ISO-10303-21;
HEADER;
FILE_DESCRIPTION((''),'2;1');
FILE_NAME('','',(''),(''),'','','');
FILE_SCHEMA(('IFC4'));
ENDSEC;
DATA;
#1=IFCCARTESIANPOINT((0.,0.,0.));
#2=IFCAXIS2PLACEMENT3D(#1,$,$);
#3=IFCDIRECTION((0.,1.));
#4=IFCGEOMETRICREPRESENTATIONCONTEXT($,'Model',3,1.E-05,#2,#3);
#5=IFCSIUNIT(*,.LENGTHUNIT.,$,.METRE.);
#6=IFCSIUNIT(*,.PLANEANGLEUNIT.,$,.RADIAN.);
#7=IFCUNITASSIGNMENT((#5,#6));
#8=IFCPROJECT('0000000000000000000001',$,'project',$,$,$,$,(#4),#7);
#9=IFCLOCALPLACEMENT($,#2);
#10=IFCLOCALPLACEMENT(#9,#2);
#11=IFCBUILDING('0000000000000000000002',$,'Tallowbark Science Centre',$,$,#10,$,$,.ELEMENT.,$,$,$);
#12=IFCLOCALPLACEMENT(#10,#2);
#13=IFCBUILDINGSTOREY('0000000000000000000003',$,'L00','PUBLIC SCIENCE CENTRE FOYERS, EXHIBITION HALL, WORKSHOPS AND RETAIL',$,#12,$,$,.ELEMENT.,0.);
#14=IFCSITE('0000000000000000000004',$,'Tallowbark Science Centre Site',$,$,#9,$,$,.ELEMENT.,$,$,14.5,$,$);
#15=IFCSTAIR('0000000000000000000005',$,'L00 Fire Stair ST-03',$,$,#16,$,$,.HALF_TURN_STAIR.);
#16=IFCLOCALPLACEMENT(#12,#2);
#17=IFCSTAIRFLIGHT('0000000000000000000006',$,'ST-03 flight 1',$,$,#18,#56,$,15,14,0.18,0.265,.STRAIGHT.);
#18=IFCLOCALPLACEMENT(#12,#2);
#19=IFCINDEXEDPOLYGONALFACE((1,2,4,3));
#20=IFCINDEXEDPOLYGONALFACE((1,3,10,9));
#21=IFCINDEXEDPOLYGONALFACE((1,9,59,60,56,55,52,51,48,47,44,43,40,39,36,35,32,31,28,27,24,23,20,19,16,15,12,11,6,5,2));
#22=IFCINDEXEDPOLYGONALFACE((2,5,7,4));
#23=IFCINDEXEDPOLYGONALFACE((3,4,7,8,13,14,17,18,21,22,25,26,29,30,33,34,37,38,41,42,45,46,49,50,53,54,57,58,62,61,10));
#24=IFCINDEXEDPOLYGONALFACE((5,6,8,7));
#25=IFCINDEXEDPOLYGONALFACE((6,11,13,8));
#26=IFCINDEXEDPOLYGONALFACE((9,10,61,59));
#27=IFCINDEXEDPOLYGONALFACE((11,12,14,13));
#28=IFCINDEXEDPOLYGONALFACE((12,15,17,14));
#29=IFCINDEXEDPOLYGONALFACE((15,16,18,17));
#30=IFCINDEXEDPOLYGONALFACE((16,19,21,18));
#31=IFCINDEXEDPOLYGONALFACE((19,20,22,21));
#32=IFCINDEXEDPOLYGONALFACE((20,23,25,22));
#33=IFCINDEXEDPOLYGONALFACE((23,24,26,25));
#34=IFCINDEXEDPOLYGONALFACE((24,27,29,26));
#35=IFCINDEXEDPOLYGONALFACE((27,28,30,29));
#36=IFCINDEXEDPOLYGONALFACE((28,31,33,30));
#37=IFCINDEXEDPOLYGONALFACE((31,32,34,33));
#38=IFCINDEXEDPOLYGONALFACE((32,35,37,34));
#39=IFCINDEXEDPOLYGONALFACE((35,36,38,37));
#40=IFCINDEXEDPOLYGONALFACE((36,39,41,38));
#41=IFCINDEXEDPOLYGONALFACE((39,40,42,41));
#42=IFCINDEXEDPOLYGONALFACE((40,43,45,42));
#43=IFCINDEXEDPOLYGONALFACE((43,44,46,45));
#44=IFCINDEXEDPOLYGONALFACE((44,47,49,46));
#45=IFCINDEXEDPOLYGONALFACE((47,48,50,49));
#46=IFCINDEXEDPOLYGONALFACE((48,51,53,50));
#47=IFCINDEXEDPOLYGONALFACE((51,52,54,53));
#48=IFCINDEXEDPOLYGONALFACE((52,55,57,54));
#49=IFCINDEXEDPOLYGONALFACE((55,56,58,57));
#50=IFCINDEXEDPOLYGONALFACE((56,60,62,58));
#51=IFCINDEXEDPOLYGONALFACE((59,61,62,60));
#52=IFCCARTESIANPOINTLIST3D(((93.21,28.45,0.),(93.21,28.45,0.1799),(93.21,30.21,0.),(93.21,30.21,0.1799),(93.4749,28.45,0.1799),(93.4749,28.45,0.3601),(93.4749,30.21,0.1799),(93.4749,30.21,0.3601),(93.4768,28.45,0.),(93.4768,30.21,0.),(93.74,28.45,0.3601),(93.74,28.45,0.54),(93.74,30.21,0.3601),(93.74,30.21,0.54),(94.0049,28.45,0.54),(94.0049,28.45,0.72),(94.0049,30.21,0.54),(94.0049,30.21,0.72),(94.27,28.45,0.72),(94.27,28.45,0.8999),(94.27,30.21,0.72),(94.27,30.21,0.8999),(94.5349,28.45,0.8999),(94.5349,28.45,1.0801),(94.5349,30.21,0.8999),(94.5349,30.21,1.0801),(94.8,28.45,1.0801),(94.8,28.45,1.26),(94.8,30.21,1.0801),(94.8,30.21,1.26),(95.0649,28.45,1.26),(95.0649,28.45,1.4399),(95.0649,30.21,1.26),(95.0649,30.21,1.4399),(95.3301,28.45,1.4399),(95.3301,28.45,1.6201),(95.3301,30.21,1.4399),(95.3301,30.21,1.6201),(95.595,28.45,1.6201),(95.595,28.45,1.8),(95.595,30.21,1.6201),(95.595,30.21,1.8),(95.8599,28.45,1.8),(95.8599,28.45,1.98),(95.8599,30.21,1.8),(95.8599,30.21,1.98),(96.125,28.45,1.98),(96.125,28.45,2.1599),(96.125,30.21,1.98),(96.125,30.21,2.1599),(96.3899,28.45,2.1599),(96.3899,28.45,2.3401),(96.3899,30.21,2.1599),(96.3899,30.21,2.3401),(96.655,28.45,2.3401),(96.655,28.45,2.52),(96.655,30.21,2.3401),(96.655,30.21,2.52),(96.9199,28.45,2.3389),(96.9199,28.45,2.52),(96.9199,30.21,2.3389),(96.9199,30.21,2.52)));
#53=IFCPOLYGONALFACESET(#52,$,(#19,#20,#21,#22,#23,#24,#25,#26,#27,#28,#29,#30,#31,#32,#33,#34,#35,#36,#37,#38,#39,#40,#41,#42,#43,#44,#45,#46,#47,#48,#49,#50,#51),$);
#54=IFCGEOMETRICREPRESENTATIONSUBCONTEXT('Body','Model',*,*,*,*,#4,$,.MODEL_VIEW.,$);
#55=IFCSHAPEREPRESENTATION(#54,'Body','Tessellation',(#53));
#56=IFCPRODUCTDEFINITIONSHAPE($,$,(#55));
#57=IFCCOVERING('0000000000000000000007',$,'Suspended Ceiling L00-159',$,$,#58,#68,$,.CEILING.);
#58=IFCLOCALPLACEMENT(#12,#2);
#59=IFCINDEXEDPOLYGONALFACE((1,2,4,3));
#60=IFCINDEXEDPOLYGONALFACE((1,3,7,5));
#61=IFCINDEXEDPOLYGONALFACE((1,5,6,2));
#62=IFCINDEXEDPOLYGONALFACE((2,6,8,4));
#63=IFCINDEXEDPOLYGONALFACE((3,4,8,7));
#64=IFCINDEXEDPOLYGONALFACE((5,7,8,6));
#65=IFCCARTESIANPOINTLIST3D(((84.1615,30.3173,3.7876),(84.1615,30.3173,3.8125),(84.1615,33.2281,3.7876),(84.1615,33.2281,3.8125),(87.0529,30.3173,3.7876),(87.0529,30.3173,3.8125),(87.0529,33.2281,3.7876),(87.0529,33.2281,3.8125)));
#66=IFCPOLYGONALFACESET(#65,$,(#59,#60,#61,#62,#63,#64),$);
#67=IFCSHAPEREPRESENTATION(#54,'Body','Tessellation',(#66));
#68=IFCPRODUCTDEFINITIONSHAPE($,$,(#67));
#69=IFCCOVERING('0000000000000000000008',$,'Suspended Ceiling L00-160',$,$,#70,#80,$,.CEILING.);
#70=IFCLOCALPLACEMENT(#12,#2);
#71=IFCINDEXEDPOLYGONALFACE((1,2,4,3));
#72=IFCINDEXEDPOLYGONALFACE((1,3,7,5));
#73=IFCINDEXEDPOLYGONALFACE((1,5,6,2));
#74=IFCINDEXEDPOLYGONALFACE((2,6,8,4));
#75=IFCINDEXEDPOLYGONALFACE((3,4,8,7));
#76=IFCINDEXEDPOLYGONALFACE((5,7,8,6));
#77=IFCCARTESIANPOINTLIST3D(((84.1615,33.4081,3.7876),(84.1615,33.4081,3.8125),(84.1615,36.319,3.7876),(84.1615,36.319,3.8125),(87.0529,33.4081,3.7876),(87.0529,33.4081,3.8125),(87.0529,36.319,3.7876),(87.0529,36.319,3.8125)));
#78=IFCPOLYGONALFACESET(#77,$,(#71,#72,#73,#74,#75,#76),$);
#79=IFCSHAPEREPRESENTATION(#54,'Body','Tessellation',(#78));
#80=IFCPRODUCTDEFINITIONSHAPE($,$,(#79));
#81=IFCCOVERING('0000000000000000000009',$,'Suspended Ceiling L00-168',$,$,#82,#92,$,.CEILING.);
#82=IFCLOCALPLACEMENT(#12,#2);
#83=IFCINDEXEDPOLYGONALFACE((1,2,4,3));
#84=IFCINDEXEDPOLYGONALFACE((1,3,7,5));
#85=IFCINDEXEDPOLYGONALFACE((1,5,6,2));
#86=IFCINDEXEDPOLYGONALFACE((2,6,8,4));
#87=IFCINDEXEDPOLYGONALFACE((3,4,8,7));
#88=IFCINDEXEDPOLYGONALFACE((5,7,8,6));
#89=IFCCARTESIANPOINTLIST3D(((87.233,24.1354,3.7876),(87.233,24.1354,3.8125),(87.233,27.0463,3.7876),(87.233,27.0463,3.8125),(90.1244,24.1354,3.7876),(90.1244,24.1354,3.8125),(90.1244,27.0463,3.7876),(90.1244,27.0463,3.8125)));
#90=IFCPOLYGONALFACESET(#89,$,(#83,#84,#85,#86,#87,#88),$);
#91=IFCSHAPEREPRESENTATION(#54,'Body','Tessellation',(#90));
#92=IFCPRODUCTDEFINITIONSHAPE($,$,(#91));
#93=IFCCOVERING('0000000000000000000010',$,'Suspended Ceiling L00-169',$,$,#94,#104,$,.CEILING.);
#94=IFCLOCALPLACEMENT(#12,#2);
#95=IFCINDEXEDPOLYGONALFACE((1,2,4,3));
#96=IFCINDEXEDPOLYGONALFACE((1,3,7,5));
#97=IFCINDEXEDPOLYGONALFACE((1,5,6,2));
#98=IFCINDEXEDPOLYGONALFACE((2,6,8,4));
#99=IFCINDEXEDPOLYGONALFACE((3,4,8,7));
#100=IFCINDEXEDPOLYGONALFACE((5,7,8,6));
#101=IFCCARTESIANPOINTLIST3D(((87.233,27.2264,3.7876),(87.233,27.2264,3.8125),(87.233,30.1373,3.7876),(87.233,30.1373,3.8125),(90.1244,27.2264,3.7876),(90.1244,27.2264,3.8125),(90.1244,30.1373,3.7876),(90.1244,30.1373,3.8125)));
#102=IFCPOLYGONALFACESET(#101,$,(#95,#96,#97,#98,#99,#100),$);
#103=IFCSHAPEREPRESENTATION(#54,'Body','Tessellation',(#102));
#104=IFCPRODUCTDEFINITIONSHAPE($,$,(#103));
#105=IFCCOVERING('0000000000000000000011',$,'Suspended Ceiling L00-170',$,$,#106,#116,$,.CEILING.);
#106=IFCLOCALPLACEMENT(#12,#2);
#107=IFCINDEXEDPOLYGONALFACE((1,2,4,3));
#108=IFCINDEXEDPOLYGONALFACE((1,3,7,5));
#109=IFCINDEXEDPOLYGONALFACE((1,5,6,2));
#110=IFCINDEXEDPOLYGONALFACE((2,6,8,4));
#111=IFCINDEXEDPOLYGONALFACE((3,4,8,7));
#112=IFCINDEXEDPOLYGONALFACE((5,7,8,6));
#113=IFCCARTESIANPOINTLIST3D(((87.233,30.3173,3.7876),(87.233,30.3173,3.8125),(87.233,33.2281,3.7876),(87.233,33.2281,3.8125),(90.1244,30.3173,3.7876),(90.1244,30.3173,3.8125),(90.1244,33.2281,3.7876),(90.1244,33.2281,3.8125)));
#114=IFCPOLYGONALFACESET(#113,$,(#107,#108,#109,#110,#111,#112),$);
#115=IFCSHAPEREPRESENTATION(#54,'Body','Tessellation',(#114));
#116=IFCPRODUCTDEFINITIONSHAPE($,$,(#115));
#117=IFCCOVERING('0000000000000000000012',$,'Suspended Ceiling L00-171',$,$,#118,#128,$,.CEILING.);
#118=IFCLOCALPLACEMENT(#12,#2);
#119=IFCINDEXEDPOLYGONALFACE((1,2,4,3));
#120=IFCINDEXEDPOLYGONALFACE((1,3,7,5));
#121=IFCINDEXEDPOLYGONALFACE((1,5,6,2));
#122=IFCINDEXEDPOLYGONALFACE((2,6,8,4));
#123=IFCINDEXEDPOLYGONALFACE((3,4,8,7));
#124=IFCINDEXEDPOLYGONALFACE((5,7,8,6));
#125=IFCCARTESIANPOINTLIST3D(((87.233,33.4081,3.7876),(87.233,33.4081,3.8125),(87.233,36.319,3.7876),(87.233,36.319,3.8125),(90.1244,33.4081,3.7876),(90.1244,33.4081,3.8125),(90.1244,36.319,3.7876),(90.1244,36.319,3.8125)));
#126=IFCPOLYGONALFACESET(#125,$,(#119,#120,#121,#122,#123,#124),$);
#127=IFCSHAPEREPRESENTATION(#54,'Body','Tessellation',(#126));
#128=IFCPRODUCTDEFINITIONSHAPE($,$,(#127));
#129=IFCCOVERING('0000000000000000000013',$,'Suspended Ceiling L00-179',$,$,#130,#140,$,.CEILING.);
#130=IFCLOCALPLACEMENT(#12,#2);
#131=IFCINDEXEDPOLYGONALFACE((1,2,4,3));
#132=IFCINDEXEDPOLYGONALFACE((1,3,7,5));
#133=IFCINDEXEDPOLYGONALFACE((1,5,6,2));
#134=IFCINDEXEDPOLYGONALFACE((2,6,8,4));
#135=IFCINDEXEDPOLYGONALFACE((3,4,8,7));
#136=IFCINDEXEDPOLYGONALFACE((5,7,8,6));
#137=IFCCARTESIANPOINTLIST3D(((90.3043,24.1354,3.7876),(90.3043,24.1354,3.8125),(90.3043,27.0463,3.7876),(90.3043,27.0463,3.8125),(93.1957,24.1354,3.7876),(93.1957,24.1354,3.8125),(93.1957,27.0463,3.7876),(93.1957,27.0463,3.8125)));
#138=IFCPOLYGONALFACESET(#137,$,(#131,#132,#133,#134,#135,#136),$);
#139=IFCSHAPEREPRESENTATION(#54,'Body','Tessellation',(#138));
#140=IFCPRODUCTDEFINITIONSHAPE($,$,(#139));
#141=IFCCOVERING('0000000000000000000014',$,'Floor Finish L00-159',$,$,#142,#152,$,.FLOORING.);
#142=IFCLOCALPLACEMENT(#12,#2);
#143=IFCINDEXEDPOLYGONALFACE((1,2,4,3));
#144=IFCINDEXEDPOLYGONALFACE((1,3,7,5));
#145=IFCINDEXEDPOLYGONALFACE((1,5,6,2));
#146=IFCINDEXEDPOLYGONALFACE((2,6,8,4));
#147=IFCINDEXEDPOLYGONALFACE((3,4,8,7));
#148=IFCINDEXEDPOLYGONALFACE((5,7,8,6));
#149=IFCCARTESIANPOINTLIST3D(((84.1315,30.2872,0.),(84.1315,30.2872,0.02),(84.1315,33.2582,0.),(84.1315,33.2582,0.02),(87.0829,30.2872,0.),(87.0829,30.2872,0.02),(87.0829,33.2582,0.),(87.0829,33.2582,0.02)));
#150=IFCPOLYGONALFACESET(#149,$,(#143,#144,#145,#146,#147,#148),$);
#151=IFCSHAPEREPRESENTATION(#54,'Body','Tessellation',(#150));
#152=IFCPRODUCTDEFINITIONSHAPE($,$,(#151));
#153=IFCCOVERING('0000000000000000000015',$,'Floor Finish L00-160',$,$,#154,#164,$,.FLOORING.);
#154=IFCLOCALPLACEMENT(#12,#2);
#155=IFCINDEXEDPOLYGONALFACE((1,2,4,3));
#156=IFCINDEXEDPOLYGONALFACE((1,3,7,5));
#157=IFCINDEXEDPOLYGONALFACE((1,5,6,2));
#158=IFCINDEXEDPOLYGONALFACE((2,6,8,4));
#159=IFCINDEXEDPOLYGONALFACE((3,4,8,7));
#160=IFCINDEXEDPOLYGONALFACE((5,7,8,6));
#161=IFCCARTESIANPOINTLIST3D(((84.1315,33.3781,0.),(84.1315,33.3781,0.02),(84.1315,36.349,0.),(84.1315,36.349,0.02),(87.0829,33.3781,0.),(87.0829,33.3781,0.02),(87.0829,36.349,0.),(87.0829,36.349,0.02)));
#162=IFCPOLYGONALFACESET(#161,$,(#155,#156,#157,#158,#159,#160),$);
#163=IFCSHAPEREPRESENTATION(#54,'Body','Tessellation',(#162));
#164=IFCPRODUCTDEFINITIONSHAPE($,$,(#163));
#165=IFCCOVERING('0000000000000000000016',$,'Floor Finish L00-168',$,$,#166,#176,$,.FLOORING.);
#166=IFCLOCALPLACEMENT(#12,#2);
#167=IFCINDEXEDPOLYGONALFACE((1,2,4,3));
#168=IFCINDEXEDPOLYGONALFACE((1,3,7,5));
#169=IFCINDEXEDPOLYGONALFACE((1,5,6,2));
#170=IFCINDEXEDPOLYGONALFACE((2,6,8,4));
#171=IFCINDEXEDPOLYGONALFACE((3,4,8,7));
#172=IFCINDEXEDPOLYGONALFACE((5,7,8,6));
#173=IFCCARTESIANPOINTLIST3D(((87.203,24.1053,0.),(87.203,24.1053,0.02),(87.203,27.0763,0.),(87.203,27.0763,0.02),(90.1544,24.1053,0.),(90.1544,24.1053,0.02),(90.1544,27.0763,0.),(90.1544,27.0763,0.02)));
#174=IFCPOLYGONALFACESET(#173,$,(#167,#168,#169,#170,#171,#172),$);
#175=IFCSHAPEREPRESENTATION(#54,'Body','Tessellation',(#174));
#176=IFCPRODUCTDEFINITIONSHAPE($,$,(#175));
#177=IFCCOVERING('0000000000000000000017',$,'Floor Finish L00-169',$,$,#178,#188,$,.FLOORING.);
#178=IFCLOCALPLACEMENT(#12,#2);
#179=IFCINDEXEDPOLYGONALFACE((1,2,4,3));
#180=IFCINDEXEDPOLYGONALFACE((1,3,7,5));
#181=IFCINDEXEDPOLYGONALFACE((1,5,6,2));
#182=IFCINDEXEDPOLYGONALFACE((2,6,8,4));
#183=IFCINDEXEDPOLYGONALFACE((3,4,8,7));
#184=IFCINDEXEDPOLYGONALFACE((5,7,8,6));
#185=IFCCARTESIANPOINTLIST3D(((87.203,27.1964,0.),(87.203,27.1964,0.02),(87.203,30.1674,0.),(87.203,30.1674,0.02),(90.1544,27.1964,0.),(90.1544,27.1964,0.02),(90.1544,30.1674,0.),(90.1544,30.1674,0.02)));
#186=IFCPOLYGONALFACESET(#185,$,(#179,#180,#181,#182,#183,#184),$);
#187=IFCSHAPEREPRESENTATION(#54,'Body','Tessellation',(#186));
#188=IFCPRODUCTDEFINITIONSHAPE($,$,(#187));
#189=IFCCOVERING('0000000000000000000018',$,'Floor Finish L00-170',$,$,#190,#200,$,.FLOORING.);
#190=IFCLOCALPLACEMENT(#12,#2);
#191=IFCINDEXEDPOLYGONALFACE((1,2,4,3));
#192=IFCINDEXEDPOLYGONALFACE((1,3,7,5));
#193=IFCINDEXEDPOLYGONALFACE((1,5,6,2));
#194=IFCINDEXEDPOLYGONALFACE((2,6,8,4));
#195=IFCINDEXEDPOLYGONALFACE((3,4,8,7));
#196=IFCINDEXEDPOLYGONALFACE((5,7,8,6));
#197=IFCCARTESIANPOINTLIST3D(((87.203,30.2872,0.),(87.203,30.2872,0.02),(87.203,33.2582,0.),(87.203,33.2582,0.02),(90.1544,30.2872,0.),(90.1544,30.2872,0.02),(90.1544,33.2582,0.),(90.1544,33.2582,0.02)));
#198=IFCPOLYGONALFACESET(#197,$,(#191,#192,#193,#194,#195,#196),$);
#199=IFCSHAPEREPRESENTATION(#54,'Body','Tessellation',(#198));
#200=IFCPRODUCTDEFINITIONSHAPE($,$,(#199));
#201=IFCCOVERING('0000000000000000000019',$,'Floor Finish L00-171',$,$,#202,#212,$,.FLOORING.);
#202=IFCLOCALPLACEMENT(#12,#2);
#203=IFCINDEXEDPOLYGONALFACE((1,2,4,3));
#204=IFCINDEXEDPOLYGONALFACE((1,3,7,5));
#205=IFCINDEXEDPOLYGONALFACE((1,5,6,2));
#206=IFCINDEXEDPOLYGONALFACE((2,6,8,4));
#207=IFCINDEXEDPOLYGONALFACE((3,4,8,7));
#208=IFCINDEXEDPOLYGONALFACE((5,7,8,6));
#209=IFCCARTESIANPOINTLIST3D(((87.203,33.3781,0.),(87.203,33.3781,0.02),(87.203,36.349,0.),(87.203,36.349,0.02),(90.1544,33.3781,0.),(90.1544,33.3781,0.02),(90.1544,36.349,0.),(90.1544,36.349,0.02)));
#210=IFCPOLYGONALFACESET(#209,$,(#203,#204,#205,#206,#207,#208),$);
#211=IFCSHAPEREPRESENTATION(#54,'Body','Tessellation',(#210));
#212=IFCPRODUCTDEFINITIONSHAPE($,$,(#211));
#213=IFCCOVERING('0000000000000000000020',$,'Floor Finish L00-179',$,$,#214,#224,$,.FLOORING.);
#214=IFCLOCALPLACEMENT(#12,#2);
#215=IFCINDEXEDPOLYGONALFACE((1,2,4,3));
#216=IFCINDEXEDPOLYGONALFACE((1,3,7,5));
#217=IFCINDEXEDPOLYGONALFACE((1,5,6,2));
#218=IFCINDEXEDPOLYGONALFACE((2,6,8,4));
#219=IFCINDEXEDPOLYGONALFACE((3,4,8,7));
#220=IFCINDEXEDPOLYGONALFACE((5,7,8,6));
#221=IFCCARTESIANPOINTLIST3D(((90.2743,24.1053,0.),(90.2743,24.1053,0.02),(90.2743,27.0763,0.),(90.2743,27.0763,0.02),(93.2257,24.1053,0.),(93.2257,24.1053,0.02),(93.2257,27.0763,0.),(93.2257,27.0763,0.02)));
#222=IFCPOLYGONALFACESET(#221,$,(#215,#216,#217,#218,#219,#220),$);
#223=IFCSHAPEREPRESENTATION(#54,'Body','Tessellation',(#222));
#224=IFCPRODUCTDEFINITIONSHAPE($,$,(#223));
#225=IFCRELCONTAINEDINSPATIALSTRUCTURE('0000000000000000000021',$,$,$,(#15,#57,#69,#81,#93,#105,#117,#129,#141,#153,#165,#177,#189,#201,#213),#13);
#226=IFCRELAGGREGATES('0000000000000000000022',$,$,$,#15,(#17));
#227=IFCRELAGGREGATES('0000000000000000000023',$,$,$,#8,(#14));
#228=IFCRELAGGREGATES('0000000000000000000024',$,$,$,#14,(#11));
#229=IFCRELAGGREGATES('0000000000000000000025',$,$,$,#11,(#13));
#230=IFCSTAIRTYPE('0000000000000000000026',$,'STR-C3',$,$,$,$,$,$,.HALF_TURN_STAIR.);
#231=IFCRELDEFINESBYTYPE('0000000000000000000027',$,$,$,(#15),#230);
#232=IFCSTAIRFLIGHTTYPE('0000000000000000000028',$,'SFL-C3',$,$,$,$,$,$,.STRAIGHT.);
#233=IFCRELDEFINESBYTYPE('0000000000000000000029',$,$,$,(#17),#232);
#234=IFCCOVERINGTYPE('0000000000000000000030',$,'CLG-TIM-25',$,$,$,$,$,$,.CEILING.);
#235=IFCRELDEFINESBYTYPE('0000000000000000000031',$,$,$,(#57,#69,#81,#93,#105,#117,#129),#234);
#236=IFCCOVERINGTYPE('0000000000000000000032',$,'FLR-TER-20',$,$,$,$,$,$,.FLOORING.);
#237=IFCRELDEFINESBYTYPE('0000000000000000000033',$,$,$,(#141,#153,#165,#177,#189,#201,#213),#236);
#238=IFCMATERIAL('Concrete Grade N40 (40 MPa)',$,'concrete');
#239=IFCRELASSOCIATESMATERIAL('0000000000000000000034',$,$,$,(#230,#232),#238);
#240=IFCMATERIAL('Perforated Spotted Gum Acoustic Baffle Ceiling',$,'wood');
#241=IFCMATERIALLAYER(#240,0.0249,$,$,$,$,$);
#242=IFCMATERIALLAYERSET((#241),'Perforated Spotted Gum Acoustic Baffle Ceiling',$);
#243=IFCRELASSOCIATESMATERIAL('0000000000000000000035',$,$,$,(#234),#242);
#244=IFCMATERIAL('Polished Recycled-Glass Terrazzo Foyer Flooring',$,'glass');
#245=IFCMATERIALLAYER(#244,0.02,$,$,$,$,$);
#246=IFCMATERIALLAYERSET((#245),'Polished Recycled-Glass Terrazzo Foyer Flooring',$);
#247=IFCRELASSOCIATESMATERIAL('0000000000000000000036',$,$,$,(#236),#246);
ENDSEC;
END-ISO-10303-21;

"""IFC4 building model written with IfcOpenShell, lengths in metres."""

from ifc_helpers import new_model, si_unit, direction, frame, origin, origin_2d, place, context, subcontext, project, spatial, polyline, rectangle, outline, extrude, material, layer, layer_set, type_object, element, aggregate, save


model = new_model("IFC4")

# Units and contexts
model_context = context("Model", 3, precision=1e-05, world=origin(), true_north=direction((0.0, 1.0)))
body_context = subcontext(model_context, "Body", "Model", "MODEL_VIEW")
ifc_project = project(units=[si_unit("LENGTHUNIT", "METRE"), si_unit("PLANEANGLEUNIT", "RADIAN")], contexts=[model_context])

# Site, building, storey
site_placement = place(None, origin())
site = spatial("IfcSite", under=ifc_project, at=site_placement, Name="Tallowbark Science Centre Site", CompositionType="ELEMENT", RefElevation=14.5)
building_placement = place(site_placement, origin())
building = spatial("IfcBuilding", under=site, at=building_placement, Name="Tallowbark Science Centre", CompositionType="ELEMENT")
storey_placement = place(building_placement, origin())
storey = spatial("IfcBuildingStorey", under=building, at=storey_placement, Name="L00", Description="PUBLIC SCIENCE CENTRE FOYERS, EXHIBITION HALL, WORKSHOPS AND RETAIL", CompositionType="ELEMENT", Elevation=0.0)

# Shared definitions
ifc_material_1 = material(Name="Concrete Grade N40 (40 MPa)", Category="concrete")

# Stair, stair flight
stair_type = type_object("IfcStairType", Name="STR-C3", PredefinedType="HALF_TURN_STAIR", material=ifc_material_1)
stair_placement = place(storey_placement, origin())
stair = element("IfcStair", 1, at=stair_placement, inside=storey, type_object=stair_type, Name="L00 Fire Stair ST-03", PredefinedType="HALF_TURN_STAIR")
stair_flight_type = type_object("IfcStairFlightType", Name="SFL-C3", PredefinedType="STRAIGHT", material=ifc_material_1)
stair_flight_placement = place(storey_placement, frame((93.21, 29.3301, 0.0), z_axis=(0.0, 0.0, 1.0), x_axis=(1.0, 0.0, 0.0)))
stair_flight = element("IfcStairFlight", 2, at=stair_flight_placement, type_object=stair_flight_type, Name="ST-03 flight 1", NumberOfRisers=15, NumberOfTreads=14, PredefinedType="STRAIGHT", RiserHeight=0.18, TreadLength=0.265, context=body_context, shape_type="SweptSolid", body=[
    extrude(outline(polyline([(0.0, 0.0), (0.0, 0.1799), (0.2649, 0.1799), (0.2649, 0.3601), (0.53, 0.3601), (0.53, 0.54), (0.7949, 0.54), (0.7949, 0.72), (1.0601, 0.72), (1.0601, 0.8999), (1.325, 0.8999), (1.325, 1.0801), (1.5901, 1.0801), (1.5901, 1.26), (1.855, 1.26), (1.855, 1.4399), (2.1201, 1.4399), (2.1201, 1.6201), (2.385, 1.6201), (2.385, 1.8), (2.6499, 1.8), (2.6499, 1.98), (2.915, 1.98), (2.915, 2.1599), (3.1799, 2.1599), (3.1799, 2.3401), (3.4451, 2.3401), (3.4451, 2.52), (3.71, 2.52), (3.71, 2.7), (3.71, 2.3389), (0.2668, 0.0), (0.0, 0.0)])), frame((0.0, 0.8799, 0.0), z_axis=(0.0, -1.0, 0.0), x_axis=(1.0, 0.0, 0.0)), (0.0, 0.0, 1.0), 1.76),
])
aggregate(stair, [stair_flight])

# Coverings
ifc_material_2 = material(Name="Perforated Spotted Gum Acoustic Baffle Ceiling", Category="wood")
ifc_layer_1 = layer(ifc_material_2, 0.0249)
ifc_layer_set_1 = layer_set([ifc_layer_1], Name="Perforated Spotted Gum Acoustic Baffle Ceiling")
covering_type_1 = type_object("IfcCoveringType", Name="CLG-TIM-25", PredefinedType="CEILING", material=ifc_layer_set_1)
for number, where, z_axis, x_axis, name in (
    (3, (85.6072, 31.7727, 3.7876), (0.0, 0.0, 1.0), (1.0, 0.0, 0.0), "Suspended Ceiling L00-159"),
    (4, (85.6072, 34.8635, 3.7876), (0.0, 0.0, 1.0), (1.0, 0.0, 0.0), "Suspended Ceiling L00-160"),
    (5, (88.6787, 25.5908, 3.7876), (0.0, 0.0, 1.0), (1.0, 0.0, 0.0), "Suspended Ceiling L00-168"),
    (6, (88.6787, 28.6819, 3.7876), (0.0, 0.0, 1.0), (1.0, 0.0, 0.0), "Suspended Ceiling L00-169"),
    (7, (88.6787, 31.7727, 3.7876), (0.0, 0.0, 1.0), (1.0, 0.0, 0.0), "Suspended Ceiling L00-170"),
    (8, (88.6787, 34.8635, 3.7876), (0.0, 0.0, 1.0), (1.0, 0.0, 0.0), "Suspended Ceiling L00-171"),
    (9, (91.75, 25.5908, 3.7876), (0.0, 0.0, 1.0), (1.0, 0.0, 0.0), "Suspended Ceiling L00-179"),
):
    element("IfcCovering", number, at=place(storey_placement, frame(where, z_axis=z_axis, x_axis=x_axis)), inside=storey, type_object=covering_type_1, Name=name, PredefinedType="CEILING", context=body_context, shape_type="SweptSolid", body=[
        extrude(rectangle(XDim=2.8914, YDim=2.9109, at=origin_2d()), origin(), (0.0, 0.0, 1.0), 0.0249),
    ])
ifc_material_3 = material(Name="Polished Recycled-Glass Terrazzo Foyer Flooring", Category="glass")
ifc_layer_2 = layer(ifc_material_3, 0.02)
ifc_layer_set_2 = layer_set([ifc_layer_2], Name="Polished Recycled-Glass Terrazzo Foyer Flooring")
covering_type_2 = type_object("IfcCoveringType", Name="FLR-TER-20", PredefinedType="FLOORING", material=ifc_layer_set_2)
for number, where, z_axis, x_axis, name in (
    (10, (85.6072, 31.7727, 0.0), (0.0, 0.0, 1.0), (1.0, 0.0, 0.0), "Floor Finish L00-159"),
    (11, (85.6072, 34.8635, 0.0), (0.0, 0.0, 1.0), (1.0, 0.0, 0.0), "Floor Finish L00-160"),
    (12, (88.6787, 25.5908, 0.0), (0.0, 0.0, 1.0), (1.0, 0.0, 0.0), "Floor Finish L00-168"),
    (13, (88.6787, 28.6819, 0.0), (0.0, 0.0, 1.0), (1.0, 0.0, 0.0), "Floor Finish L00-169"),
    (14, (88.6787, 31.7727, 0.0), (0.0, 0.0, 1.0), (1.0, 0.0, 0.0), "Floor Finish L00-170"),
    (15, (88.6787, 34.8635, 0.0), (0.0, 0.0, 1.0), (1.0, 0.0, 0.0), "Floor Finish L00-171"),
    (16, (91.75, 25.5908, 0.0), (0.0, 0.0, 1.0), (1.0, 0.0, 0.0), "Floor Finish L00-179"),
):
    element("IfcCovering", number, at=place(storey_placement, frame(where, z_axis=z_axis, x_axis=x_axis)), inside=storey, type_object=covering_type_2, Name=name, PredefinedType="FLOORING", context=body_context, shape_type="SweptSolid", body=[
        extrude(rectangle(XDim=2.9514, YDim=2.9709, at=origin_2d()), origin(), (0.0, 0.0, 1.0), 0.02),
    ])

save(model, "model.ifc")
